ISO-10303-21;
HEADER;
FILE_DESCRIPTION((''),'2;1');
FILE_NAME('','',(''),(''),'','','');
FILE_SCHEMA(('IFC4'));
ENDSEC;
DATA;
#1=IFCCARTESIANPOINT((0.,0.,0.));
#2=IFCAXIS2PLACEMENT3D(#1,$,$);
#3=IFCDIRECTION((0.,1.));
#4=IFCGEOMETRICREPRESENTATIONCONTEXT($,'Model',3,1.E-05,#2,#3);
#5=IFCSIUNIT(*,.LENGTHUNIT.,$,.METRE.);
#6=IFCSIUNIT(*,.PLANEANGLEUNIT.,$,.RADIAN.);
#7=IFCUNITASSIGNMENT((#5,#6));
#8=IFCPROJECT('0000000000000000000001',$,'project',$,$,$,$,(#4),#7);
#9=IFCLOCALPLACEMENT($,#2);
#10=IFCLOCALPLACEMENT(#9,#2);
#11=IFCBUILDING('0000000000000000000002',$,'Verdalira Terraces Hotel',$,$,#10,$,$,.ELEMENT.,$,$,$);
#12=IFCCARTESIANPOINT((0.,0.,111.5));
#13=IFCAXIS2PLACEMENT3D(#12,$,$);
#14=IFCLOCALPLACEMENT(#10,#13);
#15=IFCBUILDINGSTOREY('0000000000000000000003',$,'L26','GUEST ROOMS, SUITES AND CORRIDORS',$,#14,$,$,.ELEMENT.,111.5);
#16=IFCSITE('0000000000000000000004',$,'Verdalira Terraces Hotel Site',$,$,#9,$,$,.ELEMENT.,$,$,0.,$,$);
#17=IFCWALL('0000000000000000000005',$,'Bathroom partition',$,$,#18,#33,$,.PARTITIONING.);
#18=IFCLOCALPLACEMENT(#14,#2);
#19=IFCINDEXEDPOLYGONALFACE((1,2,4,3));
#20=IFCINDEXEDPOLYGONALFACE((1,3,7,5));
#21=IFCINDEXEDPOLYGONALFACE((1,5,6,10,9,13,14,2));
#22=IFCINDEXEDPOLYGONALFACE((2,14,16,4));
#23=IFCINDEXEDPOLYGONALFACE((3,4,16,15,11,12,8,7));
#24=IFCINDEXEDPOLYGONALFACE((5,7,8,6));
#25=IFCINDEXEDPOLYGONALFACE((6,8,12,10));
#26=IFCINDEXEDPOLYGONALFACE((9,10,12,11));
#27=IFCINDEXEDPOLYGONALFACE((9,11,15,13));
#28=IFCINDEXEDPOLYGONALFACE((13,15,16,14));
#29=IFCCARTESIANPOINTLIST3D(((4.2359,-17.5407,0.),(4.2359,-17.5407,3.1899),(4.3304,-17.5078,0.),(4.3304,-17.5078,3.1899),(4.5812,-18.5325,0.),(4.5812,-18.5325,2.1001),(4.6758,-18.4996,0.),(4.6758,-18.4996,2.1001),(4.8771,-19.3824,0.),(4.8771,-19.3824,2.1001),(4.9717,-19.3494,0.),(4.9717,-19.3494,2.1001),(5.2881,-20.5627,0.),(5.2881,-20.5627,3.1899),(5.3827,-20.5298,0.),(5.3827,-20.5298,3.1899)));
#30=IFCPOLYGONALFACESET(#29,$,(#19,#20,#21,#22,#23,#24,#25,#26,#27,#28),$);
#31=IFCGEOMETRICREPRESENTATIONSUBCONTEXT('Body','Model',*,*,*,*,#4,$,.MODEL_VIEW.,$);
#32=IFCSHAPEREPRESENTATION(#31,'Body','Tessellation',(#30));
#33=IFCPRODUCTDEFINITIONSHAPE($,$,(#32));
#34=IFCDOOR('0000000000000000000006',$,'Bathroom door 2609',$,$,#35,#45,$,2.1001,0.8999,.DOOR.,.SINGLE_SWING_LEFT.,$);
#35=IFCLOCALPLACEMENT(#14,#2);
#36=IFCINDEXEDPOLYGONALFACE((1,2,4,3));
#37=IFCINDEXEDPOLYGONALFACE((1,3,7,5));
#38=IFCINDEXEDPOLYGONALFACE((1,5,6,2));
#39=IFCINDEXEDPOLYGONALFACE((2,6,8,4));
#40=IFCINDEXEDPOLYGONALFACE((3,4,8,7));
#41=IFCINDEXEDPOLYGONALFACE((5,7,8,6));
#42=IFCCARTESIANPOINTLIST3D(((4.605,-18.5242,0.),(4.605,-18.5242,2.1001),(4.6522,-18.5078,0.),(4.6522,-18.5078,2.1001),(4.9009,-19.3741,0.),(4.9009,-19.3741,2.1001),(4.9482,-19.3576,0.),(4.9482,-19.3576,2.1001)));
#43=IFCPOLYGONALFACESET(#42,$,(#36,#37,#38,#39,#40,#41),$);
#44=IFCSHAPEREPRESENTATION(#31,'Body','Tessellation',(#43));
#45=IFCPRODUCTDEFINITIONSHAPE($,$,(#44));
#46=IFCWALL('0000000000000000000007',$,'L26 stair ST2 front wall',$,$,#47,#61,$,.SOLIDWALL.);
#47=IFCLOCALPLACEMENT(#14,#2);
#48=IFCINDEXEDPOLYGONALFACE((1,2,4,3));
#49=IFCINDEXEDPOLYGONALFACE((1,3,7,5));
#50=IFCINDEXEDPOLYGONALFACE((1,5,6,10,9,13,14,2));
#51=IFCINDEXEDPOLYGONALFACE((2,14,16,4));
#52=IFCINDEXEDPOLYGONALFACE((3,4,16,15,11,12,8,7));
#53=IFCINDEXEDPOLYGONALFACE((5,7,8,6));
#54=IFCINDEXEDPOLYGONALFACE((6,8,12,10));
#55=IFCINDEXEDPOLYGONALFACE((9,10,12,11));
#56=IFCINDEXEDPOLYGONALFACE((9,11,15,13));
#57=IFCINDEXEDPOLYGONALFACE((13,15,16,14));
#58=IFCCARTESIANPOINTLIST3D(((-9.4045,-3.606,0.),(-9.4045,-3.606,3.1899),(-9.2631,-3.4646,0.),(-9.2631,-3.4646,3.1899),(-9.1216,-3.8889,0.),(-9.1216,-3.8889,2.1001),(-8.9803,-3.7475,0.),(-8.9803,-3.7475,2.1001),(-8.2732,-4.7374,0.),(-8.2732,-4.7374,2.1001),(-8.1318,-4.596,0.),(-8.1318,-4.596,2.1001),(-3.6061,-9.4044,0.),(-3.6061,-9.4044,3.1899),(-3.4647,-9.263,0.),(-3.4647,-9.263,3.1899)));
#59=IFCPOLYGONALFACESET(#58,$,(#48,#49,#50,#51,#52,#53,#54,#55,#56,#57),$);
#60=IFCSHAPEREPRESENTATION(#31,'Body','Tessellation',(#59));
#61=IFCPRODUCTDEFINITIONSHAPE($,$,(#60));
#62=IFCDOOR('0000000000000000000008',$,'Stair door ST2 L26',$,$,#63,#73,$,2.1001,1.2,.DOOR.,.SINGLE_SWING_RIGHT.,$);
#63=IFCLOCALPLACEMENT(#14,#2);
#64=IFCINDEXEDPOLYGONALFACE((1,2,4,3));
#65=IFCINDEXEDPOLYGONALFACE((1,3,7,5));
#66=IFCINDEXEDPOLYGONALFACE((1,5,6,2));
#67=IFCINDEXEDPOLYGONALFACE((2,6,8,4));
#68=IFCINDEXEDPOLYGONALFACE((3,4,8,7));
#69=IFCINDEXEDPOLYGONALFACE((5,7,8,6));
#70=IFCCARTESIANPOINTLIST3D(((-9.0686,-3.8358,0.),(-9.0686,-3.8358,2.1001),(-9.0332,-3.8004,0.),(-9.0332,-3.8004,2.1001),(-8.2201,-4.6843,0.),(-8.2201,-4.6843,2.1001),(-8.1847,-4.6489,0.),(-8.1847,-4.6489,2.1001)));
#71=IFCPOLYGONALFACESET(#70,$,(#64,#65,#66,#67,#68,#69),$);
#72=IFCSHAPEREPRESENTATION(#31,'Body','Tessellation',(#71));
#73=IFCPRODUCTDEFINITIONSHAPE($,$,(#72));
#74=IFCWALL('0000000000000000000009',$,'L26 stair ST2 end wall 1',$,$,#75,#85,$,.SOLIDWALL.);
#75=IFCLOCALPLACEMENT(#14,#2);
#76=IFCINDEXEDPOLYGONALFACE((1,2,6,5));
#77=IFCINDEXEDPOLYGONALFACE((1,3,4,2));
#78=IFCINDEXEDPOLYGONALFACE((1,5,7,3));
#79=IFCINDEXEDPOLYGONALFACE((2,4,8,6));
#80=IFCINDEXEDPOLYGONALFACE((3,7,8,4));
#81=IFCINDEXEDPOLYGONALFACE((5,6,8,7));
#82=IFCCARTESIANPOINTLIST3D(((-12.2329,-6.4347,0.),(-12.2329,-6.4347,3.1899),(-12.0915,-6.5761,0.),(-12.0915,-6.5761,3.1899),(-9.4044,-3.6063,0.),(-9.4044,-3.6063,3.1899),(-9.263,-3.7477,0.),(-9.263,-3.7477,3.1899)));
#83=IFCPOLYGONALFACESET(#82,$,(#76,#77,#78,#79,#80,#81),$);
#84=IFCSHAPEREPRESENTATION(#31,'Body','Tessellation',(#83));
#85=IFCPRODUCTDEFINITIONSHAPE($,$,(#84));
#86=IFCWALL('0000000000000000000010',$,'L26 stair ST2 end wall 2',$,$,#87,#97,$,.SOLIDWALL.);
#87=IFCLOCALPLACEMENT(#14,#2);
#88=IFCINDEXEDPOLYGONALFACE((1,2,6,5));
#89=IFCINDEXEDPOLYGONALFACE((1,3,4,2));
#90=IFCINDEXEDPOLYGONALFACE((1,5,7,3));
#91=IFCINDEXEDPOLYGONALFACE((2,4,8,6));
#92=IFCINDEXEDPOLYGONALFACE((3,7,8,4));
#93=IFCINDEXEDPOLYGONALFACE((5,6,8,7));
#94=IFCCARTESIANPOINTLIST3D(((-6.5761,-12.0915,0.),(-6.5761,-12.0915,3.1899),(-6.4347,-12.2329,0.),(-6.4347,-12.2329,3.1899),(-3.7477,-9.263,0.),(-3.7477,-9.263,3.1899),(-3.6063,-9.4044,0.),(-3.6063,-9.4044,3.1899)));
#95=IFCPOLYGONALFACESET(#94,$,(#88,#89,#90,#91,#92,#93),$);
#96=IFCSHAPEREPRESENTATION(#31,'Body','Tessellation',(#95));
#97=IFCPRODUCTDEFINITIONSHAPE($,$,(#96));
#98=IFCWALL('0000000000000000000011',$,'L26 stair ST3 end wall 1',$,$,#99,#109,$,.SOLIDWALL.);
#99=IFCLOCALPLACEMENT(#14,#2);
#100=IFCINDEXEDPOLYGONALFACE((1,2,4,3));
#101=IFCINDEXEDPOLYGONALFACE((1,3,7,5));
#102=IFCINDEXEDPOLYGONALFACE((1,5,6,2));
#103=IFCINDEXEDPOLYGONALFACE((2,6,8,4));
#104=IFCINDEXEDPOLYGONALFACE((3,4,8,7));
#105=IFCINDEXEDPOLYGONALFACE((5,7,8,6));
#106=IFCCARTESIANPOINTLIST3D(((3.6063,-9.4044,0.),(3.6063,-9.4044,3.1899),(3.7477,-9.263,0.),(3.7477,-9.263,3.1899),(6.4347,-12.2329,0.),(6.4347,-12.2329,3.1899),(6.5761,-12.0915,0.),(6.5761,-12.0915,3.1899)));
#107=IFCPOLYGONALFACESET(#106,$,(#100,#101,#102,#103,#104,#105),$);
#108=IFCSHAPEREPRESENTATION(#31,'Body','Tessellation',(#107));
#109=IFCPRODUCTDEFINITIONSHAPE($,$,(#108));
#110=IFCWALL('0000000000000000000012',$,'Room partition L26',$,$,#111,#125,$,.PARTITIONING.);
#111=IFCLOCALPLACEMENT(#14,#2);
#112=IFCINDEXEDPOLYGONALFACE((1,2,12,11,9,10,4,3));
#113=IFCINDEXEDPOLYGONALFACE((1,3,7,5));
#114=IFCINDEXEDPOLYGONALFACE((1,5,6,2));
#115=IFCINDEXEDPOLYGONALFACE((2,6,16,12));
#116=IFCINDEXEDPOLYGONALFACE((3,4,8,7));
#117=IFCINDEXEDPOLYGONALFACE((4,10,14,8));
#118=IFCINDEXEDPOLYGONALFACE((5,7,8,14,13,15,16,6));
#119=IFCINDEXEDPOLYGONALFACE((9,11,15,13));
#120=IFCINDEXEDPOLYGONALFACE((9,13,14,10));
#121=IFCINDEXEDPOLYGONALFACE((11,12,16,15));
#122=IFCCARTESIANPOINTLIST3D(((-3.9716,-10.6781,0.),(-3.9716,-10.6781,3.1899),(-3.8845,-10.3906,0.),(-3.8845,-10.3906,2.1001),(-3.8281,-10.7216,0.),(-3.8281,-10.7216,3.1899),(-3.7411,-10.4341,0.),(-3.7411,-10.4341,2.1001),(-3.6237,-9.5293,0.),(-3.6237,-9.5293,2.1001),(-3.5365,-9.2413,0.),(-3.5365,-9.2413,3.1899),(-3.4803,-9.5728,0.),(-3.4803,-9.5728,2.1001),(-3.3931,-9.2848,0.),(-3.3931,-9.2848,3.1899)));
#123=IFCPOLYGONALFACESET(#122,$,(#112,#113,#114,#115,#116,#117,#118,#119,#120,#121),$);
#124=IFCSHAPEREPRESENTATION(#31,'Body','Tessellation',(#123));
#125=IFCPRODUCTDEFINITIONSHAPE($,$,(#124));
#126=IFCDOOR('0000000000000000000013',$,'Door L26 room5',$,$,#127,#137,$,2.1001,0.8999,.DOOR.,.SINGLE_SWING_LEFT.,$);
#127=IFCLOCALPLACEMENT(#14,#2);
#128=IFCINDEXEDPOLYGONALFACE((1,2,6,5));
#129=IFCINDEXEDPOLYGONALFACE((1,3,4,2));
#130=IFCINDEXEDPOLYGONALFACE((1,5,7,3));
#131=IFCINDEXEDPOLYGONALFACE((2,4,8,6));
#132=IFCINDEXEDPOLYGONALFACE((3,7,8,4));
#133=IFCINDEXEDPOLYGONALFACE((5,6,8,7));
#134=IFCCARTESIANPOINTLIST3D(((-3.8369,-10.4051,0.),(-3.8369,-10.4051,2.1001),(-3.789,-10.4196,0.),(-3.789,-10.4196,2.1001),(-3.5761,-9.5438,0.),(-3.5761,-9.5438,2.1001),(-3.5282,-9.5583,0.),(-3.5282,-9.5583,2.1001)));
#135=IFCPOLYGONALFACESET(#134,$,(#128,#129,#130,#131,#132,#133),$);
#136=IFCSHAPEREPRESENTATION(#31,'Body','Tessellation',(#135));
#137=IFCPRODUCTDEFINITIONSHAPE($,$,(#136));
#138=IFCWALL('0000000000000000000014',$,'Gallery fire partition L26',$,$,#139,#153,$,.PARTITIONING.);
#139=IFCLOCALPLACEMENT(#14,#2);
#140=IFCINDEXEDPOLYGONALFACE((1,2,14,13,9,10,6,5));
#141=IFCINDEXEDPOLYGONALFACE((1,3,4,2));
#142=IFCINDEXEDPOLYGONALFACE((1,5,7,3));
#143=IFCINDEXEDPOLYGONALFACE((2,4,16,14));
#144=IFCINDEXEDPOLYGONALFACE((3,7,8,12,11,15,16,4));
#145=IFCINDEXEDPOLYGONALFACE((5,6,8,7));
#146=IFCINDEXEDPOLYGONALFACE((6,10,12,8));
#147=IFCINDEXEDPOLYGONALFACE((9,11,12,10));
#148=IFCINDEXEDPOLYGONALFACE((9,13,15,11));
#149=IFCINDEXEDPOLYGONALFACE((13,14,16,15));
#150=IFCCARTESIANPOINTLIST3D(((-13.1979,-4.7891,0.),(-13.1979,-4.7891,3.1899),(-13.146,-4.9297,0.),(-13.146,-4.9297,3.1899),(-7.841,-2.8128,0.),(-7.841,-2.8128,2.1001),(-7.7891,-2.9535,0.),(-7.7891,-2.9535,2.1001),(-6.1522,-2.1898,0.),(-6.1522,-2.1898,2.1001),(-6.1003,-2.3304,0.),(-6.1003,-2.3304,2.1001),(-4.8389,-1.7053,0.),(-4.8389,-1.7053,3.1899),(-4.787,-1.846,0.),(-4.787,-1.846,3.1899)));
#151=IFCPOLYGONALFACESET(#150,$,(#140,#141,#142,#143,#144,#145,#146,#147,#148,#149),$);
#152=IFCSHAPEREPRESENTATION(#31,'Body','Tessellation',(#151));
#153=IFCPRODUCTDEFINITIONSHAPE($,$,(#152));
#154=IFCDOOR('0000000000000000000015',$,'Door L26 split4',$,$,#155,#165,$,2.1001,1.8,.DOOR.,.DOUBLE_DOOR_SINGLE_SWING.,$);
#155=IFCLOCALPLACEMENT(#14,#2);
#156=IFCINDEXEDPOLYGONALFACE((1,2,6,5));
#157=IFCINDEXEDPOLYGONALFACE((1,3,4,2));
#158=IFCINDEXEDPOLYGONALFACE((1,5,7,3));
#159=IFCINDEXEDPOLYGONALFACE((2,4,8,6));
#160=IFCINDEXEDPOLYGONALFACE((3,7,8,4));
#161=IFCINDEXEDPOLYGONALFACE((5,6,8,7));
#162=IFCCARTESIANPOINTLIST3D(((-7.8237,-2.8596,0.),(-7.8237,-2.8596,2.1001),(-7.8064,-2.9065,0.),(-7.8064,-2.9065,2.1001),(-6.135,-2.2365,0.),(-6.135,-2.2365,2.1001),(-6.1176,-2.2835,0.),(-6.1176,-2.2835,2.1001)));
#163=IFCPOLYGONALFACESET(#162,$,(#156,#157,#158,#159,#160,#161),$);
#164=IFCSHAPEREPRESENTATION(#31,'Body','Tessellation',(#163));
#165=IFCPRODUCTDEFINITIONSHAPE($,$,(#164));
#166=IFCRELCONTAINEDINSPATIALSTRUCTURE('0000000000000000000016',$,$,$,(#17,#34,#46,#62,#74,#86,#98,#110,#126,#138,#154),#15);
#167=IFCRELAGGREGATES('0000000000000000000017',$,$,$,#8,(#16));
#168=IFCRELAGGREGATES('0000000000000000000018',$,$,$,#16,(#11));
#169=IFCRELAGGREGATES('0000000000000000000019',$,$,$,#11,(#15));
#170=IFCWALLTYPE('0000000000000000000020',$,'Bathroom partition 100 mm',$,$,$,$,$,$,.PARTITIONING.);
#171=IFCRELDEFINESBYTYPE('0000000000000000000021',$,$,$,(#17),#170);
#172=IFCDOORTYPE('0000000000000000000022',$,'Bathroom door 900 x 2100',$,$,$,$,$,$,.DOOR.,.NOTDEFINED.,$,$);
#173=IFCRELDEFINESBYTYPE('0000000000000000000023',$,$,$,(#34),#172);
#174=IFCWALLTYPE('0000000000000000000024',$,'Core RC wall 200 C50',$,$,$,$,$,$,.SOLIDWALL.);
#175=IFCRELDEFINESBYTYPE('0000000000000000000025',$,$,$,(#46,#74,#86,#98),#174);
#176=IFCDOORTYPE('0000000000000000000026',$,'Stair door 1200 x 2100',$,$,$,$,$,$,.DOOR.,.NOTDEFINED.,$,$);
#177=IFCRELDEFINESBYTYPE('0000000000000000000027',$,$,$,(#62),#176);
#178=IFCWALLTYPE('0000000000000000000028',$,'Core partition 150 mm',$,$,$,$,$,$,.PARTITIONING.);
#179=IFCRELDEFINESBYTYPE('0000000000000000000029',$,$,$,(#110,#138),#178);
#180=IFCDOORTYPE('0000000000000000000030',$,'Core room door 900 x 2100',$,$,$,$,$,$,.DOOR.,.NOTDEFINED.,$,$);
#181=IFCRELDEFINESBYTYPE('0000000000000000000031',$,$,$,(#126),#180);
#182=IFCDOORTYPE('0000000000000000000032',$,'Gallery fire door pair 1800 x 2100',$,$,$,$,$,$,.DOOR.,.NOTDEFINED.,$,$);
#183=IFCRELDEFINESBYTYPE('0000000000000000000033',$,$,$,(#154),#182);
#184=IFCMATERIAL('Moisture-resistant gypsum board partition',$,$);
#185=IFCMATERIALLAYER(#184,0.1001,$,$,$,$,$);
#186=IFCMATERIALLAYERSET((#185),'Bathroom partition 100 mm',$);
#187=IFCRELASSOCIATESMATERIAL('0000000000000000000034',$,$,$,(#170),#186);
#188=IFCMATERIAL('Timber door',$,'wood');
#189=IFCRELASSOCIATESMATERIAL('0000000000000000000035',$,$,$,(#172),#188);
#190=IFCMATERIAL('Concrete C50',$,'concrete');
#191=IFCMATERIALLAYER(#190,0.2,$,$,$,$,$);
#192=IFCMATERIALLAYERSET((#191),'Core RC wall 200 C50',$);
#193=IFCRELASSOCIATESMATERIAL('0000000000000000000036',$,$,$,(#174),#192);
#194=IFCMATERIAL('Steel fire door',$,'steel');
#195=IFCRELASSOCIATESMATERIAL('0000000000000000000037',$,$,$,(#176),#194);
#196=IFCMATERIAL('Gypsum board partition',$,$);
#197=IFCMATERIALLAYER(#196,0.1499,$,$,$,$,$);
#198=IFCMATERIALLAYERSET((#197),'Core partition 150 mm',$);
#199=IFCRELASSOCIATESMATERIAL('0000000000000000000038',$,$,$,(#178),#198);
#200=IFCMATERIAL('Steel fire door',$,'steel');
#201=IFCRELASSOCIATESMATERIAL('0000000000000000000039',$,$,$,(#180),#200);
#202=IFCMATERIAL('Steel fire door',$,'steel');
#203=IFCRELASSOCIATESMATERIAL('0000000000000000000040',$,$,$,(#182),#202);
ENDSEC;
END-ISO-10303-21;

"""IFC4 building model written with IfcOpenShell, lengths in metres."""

from ifc_helpers import new_model, si_unit, direction, frame, frame_2d, origin, place, context, subcontext, project, spatial, rectangle, extrude, material, layer, layer_set, type_object, element, fill, save


model = new_model("IFC4")

# Units and contexts
model_context = context("Model", 3, precision=1e-05, world=origin(), true_north=direction((0.0, 1.0)))
body_context = subcontext(model_context, "Body", "Model", "MODEL_VIEW")
ifc_project = project(units=[si_unit("LENGTHUNIT", "METRE"), si_unit("PLANEANGLEUNIT", "RADIAN")], contexts=[model_context])

# Site, building, storey
site_placement = place(None, origin())
site = spatial("IfcSite", under=ifc_project, at=site_placement, Name="Verdalira Terraces Hotel Site", CompositionType="ELEMENT", RefElevation=0.0)
building_placement = place(site_placement, origin())
building = spatial("IfcBuilding", under=site, at=building_placement, Name="Verdalira Terraces Hotel", CompositionType="ELEMENT")
storey_placement = place(building_placement, frame((0.0, 0.0, 111.5)))
storey = spatial("IfcBuildingStorey", under=building, at=storey_placement, Name="L26", Description="GUEST ROOMS, SUITES AND CORRIDORS", CompositionType="ELEMENT", Elevation=111.5)

# Walls, openings, doors
ifc_material_1 = material(Name="Moisture-resistant gypsum board partition")
ifc_layer_1 = layer(ifc_material_1, 0.1001)
ifc_layer_set_1 = layer_set([ifc_layer_1], Name="Bathroom partition 100 mm")
wall_type_1 = type_object("IfcWallType", Name="Bathroom partition 100 mm", PredefinedType="PARTITIONING", material=ifc_layer_set_1)
wall_1_placement = place(storey_placement, frame((5.3354, -20.5464, 0.0), z_axis=(0.0, 0.0, 1.0), x_axis=(-0.328834, 0.944388, 0.0)))
wall_1 = element("IfcWall", 1, at=wall_1_placement, inside=storey, type_object=wall_type_1, Name="Bathroom partition", PredefinedType="PARTITIONING", context=body_context, shape_type="SweptSolid", body=[
    extrude(rectangle(XDim=3.2, YDim=0.1001, at=frame_2d((1.6001, 0.0))), origin(), (0.0, 0.0, 1.0), 3.1899),
])
opening_1_placement = place(wall_1_placement, frame((1.25, 0.0, 0.0)))
opening_1 = element("IfcOpeningElement", 2, at=opening_1_placement, cuts=wall_1, PredefinedType="OPENING", context=body_context, shape_type="SweptSolid", body=[
    extrude(rectangle(XDim=0.8999, YDim=2.1001, at=frame_2d((0.45, 1.05))), frame((0.0, 0.0601, 0.0), z_axis=(0.0, -1.0, 0.0), x_axis=(1.0, 0.0, 0.0)), (0.0, 0.0, 1.0), 0.1201),
])
ifc_material_2 = material(Name="Timber door", Category="wood")
door_type_1 = type_object("IfcDoorType", Name="Bathroom door 900 x 2100", OperationType="NOTDEFINED", PredefinedType="DOOR", material=ifc_material_2)
door_1_placement = place(opening_1_placement, origin())
door_1 = element("IfcDoor", 3, at=door_1_placement, inside=storey, type_object=door_type_1, Name="Bathroom door 2609", OperationType="SINGLE_SWING_LEFT", OverallHeight=2.1001, OverallWidth=0.8999, PredefinedType="DOOR", context=body_context, shape_type="SweptSolid", body=[
    extrude(rectangle(XDim=0.8999, YDim=2.1001, at=frame_2d((0.45, 1.05))), frame((0.0, 0.0249, 0.0), z_axis=(0.0, -1.0, 0.0), x_axis=(1.0, 0.0, 0.0)), (0.0, 0.0, 1.0), 0.05),
])
fill(opening_1, door_1)
ifc_material_3 = material(Name="Concrete C50", Category="concrete")
ifc_layer_2 = layer(ifc_material_3, 0.2)
ifc_layer_set_2 = layer_set([ifc_layer_2], Name="Core RC wall 200 C50")
wall_type_2 = type_object("IfcWallType", Name="Core RC wall 200 C50", PredefinedType="SOLIDWALL", material=ifc_layer_set_2)
wall_2_placement = place(storey_placement, frame((-3.5354, -9.3337, 0.0), z_axis=(0.0, 0.0, 1.0), x_axis=(-0.707107, 0.707107, 0.0)))
wall_2 = element("IfcWall", 4, at=wall_2_placement, inside=storey, type_object=wall_type_2, Name="L26 stair ST2 front wall", PredefinedType="SOLIDWALL", context=body_context, shape_type="SweptSolid", body=[
    extrude(rectangle(XDim=8.2002, YDim=0.2, at=frame_2d((4.1001, 0.0))), origin(), (0.0, 0.0, 1.0), 3.1899),
])
opening_2_placement = place(wall_2_placement, frame((6.6001, 0.0, 0.0)))
opening_2 = element("IfcOpeningElement", 5, at=opening_2_placement, cuts=wall_2, PredefinedType="OPENING", context=body_context, shape_type="SweptSolid", body=[
    extrude(rectangle(XDim=1.2, YDim=2.1001, at=frame_2d((0.6001, 1.05))), frame((0.0, 0.1099, 0.0), z_axis=(0.0, -1.0, 0.0), x_axis=(1.0, 0.0, 0.0)), (0.0, 0.0, 1.0), 0.22),
])
ifc_material_4 = material(Name="Steel fire door", Category="steel")
door_type_2 = type_object("IfcDoorType", Name="Stair door 1200 x 2100", OperationType="NOTDEFINED", PredefinedType="DOOR", material=ifc_material_4)
door_2_placement = place(opening_2_placement, origin())
door_2 = element("IfcDoor", 6, at=door_2_placement, inside=storey, type_object=door_type_2, Name="Stair door ST2 L26", OperationType="SINGLE_SWING_RIGHT", OverallHeight=2.1001, OverallWidth=1.2, PredefinedType="DOOR", context=body_context, shape_type="SweptSolid", body=[
    extrude(rectangle(XDim=1.2, YDim=2.1001, at=frame_2d((0.6001, 1.05))), frame((0.0, 0.0249, 0.0), z_axis=(0.0, -1.0, 0.0), x_axis=(1.0, 0.0, 0.0)), (0.0, 0.0, 1.0), 0.05),
])
fill(opening_2, door_2)

# Walls
for number, where, z_axis, x_axis, name in (
    (7, (-9.3337, -3.677, 0.0), (0.0, 0.0, 1.0), (-0.707107, -0.707107, 0.0), "L26 stair ST2 end wall 1"),
    (8, (-3.677, -9.3337, 0.0), (0.0, 0.0, 1.0), (-0.707107, -0.707107, 0.0), "L26 stair ST2 end wall 2"),
    (9, (3.677, -9.3337, 0.0), (0.0, 0.0, 1.0), (0.707107, -0.707107, 0.0), "L26 stair ST3 end wall 1"),
):
    element("IfcWall", number, at=place(storey_placement, frame(where, z_axis=z_axis, x_axis=x_axis)), inside=storey, type_object=wall_type_2, Name=name, PredefinedType="SOLIDWALL", context=body_context, shape_type="SweptSolid", body=[
        extrude(rectangle(XDim=4.0, YDim=0.2, at=frame_2d((2.0, 0.0))), origin(), (0.0, 0.0, 1.0), 3.1899),
    ])

# Walls, openings, doors
ifc_material_5 = material(Name="Gypsum board partition")
ifc_layer_3 = layer(ifc_material_5, 0.1499)
ifc_layer_set_3 = layer_set([ifc_layer_3], Name="Core partition 150 mm")
wall_type_3 = type_object("IfcWallType", Name="Core partition 150 mm", PredefinedType="PARTITIONING", material=ifc_layer_set_3)
wall_3_placement = place(storey_placement, frame((-3.4648, -9.2632, 0.0), z_axis=(0.0, 0.0, 1.0), x_axis=(-0.289809, -0.957085, 0.0)))
wall_3 = element("IfcWall", 10, at=wall_3_placement, inside=storey, type_object=wall_type_3, Name="Room partition L26", PredefinedType="PARTITIONING", context=body_context, shape_type="SweptSolid", body=[
    extrude(rectangle(XDim=1.5012, YDim=0.1499, at=frame_2d((0.7505, 0.0))), origin(), (0.0, 0.0, 1.0), 3.1899),
])
opening_3_placement = place(wall_3_placement, frame((0.3008, 0.0, 0.0)))
opening_3 = element("IfcOpeningElement", 11, at=opening_3_placement, cuts=wall_3, PredefinedType="OPENING", context=body_context, shape_type="SweptSolid", body=[
    extrude(rectangle(XDim=0.8999, YDim=2.1001, at=frame_2d((0.45, 1.05))), frame((0.0, 0.085, 0.0), z_axis=(0.0, -1.0, 0.0), x_axis=(1.0, 0.0, 0.0)), (0.0, 0.0, 1.0), 0.1699),
])
ifc_material_6 = material(Name="Steel fire door", Category="steel")
door_type_3 = type_object("IfcDoorType", Name="Core room door 900 x 2100", OperationType="NOTDEFINED", PredefinedType="DOOR", material=ifc_material_6)
door_3_placement = place(opening_3_placement, origin())
door_3 = element("IfcDoor", 12, at=door_3_placement, inside=storey, type_object=door_type_3, Name="Door L26 room5", OperationType="SINGLE_SWING_LEFT", OverallHeight=2.1001, OverallWidth=0.8999, PredefinedType="DOOR", context=body_context, shape_type="SweptSolid", body=[
    extrude(rectangle(XDim=0.8999, YDim=2.1001, at=frame_2d((0.45, 1.05))), frame((0.0, 0.0249, 0.0), z_axis=(0.0, -1.0, 0.0), x_axis=(1.0, 0.0, 0.0)), (0.0, 0.0, 1.0), 0.05),
])
fill(opening_3, door_3)
wall_4_placement = place(storey_placement, frame((-4.813, -1.7756, 0.0), z_axis=(0.0, 0.0, 1.0), x_axis=(-0.938192, -0.346115, 0.0)))
wall_4 = element("IfcWall", 13, at=wall_4_placement, inside=storey, type_object=wall_type_3, Name="Gallery fire partition L26", PredefinedType="PARTITIONING", context=body_context, shape_type="SweptSolid", body=[
    extrude(rectangle(XDim=8.9097, YDim=0.1499, at=frame_2d((4.4548, 0.0))), origin(), (0.0, 0.0, 1.0), 3.1899),
])
opening_4_placement = place(wall_4_placement, frame((1.3999, 0.0, 0.0)))
opening_4 = element("IfcOpeningElement", 14, at=opening_4_placement, cuts=wall_4, PredefinedType="OPENING", context=body_context, shape_type="SweptSolid", body=[
    extrude(rectangle(XDim=1.8, YDim=2.1001, at=frame_2d((0.8999, 1.05))), frame((0.0, 0.085, 0.0), z_axis=(0.0, -1.0, 0.0), x_axis=(1.0, 0.0, 0.0)), (0.0, 0.0, 1.0), 0.1699),
])
ifc_material_7 = material(Name="Steel fire door", Category="steel")
door_type_4 = type_object("IfcDoorType", Name="Gallery fire door pair 1800 x 2100", OperationType="NOTDEFINED", PredefinedType="DOOR", material=ifc_material_7)
door_4_placement = place(opening_4_placement, origin())
door_4 = element("IfcDoor", 15, at=door_4_placement, inside=storey, type_object=door_type_4, Name="Door L26 split4", OperationType="DOUBLE_DOOR_SINGLE_SWING", OverallHeight=2.1001, OverallWidth=1.8, PredefinedType="DOOR", context=body_context, shape_type="SweptSolid", body=[
    extrude(rectangle(XDim=1.8, YDim=2.1001, at=frame_2d((0.8999, 1.05))), frame((0.0, 0.0249, 0.0), z_axis=(0.0, -1.0, 0.0), x_axis=(1.0, 0.0, 0.0)), (0.0, 0.0, 1.0), 0.05),
])
fill(opening_4, door_4)

save(model, "model.ifc")
